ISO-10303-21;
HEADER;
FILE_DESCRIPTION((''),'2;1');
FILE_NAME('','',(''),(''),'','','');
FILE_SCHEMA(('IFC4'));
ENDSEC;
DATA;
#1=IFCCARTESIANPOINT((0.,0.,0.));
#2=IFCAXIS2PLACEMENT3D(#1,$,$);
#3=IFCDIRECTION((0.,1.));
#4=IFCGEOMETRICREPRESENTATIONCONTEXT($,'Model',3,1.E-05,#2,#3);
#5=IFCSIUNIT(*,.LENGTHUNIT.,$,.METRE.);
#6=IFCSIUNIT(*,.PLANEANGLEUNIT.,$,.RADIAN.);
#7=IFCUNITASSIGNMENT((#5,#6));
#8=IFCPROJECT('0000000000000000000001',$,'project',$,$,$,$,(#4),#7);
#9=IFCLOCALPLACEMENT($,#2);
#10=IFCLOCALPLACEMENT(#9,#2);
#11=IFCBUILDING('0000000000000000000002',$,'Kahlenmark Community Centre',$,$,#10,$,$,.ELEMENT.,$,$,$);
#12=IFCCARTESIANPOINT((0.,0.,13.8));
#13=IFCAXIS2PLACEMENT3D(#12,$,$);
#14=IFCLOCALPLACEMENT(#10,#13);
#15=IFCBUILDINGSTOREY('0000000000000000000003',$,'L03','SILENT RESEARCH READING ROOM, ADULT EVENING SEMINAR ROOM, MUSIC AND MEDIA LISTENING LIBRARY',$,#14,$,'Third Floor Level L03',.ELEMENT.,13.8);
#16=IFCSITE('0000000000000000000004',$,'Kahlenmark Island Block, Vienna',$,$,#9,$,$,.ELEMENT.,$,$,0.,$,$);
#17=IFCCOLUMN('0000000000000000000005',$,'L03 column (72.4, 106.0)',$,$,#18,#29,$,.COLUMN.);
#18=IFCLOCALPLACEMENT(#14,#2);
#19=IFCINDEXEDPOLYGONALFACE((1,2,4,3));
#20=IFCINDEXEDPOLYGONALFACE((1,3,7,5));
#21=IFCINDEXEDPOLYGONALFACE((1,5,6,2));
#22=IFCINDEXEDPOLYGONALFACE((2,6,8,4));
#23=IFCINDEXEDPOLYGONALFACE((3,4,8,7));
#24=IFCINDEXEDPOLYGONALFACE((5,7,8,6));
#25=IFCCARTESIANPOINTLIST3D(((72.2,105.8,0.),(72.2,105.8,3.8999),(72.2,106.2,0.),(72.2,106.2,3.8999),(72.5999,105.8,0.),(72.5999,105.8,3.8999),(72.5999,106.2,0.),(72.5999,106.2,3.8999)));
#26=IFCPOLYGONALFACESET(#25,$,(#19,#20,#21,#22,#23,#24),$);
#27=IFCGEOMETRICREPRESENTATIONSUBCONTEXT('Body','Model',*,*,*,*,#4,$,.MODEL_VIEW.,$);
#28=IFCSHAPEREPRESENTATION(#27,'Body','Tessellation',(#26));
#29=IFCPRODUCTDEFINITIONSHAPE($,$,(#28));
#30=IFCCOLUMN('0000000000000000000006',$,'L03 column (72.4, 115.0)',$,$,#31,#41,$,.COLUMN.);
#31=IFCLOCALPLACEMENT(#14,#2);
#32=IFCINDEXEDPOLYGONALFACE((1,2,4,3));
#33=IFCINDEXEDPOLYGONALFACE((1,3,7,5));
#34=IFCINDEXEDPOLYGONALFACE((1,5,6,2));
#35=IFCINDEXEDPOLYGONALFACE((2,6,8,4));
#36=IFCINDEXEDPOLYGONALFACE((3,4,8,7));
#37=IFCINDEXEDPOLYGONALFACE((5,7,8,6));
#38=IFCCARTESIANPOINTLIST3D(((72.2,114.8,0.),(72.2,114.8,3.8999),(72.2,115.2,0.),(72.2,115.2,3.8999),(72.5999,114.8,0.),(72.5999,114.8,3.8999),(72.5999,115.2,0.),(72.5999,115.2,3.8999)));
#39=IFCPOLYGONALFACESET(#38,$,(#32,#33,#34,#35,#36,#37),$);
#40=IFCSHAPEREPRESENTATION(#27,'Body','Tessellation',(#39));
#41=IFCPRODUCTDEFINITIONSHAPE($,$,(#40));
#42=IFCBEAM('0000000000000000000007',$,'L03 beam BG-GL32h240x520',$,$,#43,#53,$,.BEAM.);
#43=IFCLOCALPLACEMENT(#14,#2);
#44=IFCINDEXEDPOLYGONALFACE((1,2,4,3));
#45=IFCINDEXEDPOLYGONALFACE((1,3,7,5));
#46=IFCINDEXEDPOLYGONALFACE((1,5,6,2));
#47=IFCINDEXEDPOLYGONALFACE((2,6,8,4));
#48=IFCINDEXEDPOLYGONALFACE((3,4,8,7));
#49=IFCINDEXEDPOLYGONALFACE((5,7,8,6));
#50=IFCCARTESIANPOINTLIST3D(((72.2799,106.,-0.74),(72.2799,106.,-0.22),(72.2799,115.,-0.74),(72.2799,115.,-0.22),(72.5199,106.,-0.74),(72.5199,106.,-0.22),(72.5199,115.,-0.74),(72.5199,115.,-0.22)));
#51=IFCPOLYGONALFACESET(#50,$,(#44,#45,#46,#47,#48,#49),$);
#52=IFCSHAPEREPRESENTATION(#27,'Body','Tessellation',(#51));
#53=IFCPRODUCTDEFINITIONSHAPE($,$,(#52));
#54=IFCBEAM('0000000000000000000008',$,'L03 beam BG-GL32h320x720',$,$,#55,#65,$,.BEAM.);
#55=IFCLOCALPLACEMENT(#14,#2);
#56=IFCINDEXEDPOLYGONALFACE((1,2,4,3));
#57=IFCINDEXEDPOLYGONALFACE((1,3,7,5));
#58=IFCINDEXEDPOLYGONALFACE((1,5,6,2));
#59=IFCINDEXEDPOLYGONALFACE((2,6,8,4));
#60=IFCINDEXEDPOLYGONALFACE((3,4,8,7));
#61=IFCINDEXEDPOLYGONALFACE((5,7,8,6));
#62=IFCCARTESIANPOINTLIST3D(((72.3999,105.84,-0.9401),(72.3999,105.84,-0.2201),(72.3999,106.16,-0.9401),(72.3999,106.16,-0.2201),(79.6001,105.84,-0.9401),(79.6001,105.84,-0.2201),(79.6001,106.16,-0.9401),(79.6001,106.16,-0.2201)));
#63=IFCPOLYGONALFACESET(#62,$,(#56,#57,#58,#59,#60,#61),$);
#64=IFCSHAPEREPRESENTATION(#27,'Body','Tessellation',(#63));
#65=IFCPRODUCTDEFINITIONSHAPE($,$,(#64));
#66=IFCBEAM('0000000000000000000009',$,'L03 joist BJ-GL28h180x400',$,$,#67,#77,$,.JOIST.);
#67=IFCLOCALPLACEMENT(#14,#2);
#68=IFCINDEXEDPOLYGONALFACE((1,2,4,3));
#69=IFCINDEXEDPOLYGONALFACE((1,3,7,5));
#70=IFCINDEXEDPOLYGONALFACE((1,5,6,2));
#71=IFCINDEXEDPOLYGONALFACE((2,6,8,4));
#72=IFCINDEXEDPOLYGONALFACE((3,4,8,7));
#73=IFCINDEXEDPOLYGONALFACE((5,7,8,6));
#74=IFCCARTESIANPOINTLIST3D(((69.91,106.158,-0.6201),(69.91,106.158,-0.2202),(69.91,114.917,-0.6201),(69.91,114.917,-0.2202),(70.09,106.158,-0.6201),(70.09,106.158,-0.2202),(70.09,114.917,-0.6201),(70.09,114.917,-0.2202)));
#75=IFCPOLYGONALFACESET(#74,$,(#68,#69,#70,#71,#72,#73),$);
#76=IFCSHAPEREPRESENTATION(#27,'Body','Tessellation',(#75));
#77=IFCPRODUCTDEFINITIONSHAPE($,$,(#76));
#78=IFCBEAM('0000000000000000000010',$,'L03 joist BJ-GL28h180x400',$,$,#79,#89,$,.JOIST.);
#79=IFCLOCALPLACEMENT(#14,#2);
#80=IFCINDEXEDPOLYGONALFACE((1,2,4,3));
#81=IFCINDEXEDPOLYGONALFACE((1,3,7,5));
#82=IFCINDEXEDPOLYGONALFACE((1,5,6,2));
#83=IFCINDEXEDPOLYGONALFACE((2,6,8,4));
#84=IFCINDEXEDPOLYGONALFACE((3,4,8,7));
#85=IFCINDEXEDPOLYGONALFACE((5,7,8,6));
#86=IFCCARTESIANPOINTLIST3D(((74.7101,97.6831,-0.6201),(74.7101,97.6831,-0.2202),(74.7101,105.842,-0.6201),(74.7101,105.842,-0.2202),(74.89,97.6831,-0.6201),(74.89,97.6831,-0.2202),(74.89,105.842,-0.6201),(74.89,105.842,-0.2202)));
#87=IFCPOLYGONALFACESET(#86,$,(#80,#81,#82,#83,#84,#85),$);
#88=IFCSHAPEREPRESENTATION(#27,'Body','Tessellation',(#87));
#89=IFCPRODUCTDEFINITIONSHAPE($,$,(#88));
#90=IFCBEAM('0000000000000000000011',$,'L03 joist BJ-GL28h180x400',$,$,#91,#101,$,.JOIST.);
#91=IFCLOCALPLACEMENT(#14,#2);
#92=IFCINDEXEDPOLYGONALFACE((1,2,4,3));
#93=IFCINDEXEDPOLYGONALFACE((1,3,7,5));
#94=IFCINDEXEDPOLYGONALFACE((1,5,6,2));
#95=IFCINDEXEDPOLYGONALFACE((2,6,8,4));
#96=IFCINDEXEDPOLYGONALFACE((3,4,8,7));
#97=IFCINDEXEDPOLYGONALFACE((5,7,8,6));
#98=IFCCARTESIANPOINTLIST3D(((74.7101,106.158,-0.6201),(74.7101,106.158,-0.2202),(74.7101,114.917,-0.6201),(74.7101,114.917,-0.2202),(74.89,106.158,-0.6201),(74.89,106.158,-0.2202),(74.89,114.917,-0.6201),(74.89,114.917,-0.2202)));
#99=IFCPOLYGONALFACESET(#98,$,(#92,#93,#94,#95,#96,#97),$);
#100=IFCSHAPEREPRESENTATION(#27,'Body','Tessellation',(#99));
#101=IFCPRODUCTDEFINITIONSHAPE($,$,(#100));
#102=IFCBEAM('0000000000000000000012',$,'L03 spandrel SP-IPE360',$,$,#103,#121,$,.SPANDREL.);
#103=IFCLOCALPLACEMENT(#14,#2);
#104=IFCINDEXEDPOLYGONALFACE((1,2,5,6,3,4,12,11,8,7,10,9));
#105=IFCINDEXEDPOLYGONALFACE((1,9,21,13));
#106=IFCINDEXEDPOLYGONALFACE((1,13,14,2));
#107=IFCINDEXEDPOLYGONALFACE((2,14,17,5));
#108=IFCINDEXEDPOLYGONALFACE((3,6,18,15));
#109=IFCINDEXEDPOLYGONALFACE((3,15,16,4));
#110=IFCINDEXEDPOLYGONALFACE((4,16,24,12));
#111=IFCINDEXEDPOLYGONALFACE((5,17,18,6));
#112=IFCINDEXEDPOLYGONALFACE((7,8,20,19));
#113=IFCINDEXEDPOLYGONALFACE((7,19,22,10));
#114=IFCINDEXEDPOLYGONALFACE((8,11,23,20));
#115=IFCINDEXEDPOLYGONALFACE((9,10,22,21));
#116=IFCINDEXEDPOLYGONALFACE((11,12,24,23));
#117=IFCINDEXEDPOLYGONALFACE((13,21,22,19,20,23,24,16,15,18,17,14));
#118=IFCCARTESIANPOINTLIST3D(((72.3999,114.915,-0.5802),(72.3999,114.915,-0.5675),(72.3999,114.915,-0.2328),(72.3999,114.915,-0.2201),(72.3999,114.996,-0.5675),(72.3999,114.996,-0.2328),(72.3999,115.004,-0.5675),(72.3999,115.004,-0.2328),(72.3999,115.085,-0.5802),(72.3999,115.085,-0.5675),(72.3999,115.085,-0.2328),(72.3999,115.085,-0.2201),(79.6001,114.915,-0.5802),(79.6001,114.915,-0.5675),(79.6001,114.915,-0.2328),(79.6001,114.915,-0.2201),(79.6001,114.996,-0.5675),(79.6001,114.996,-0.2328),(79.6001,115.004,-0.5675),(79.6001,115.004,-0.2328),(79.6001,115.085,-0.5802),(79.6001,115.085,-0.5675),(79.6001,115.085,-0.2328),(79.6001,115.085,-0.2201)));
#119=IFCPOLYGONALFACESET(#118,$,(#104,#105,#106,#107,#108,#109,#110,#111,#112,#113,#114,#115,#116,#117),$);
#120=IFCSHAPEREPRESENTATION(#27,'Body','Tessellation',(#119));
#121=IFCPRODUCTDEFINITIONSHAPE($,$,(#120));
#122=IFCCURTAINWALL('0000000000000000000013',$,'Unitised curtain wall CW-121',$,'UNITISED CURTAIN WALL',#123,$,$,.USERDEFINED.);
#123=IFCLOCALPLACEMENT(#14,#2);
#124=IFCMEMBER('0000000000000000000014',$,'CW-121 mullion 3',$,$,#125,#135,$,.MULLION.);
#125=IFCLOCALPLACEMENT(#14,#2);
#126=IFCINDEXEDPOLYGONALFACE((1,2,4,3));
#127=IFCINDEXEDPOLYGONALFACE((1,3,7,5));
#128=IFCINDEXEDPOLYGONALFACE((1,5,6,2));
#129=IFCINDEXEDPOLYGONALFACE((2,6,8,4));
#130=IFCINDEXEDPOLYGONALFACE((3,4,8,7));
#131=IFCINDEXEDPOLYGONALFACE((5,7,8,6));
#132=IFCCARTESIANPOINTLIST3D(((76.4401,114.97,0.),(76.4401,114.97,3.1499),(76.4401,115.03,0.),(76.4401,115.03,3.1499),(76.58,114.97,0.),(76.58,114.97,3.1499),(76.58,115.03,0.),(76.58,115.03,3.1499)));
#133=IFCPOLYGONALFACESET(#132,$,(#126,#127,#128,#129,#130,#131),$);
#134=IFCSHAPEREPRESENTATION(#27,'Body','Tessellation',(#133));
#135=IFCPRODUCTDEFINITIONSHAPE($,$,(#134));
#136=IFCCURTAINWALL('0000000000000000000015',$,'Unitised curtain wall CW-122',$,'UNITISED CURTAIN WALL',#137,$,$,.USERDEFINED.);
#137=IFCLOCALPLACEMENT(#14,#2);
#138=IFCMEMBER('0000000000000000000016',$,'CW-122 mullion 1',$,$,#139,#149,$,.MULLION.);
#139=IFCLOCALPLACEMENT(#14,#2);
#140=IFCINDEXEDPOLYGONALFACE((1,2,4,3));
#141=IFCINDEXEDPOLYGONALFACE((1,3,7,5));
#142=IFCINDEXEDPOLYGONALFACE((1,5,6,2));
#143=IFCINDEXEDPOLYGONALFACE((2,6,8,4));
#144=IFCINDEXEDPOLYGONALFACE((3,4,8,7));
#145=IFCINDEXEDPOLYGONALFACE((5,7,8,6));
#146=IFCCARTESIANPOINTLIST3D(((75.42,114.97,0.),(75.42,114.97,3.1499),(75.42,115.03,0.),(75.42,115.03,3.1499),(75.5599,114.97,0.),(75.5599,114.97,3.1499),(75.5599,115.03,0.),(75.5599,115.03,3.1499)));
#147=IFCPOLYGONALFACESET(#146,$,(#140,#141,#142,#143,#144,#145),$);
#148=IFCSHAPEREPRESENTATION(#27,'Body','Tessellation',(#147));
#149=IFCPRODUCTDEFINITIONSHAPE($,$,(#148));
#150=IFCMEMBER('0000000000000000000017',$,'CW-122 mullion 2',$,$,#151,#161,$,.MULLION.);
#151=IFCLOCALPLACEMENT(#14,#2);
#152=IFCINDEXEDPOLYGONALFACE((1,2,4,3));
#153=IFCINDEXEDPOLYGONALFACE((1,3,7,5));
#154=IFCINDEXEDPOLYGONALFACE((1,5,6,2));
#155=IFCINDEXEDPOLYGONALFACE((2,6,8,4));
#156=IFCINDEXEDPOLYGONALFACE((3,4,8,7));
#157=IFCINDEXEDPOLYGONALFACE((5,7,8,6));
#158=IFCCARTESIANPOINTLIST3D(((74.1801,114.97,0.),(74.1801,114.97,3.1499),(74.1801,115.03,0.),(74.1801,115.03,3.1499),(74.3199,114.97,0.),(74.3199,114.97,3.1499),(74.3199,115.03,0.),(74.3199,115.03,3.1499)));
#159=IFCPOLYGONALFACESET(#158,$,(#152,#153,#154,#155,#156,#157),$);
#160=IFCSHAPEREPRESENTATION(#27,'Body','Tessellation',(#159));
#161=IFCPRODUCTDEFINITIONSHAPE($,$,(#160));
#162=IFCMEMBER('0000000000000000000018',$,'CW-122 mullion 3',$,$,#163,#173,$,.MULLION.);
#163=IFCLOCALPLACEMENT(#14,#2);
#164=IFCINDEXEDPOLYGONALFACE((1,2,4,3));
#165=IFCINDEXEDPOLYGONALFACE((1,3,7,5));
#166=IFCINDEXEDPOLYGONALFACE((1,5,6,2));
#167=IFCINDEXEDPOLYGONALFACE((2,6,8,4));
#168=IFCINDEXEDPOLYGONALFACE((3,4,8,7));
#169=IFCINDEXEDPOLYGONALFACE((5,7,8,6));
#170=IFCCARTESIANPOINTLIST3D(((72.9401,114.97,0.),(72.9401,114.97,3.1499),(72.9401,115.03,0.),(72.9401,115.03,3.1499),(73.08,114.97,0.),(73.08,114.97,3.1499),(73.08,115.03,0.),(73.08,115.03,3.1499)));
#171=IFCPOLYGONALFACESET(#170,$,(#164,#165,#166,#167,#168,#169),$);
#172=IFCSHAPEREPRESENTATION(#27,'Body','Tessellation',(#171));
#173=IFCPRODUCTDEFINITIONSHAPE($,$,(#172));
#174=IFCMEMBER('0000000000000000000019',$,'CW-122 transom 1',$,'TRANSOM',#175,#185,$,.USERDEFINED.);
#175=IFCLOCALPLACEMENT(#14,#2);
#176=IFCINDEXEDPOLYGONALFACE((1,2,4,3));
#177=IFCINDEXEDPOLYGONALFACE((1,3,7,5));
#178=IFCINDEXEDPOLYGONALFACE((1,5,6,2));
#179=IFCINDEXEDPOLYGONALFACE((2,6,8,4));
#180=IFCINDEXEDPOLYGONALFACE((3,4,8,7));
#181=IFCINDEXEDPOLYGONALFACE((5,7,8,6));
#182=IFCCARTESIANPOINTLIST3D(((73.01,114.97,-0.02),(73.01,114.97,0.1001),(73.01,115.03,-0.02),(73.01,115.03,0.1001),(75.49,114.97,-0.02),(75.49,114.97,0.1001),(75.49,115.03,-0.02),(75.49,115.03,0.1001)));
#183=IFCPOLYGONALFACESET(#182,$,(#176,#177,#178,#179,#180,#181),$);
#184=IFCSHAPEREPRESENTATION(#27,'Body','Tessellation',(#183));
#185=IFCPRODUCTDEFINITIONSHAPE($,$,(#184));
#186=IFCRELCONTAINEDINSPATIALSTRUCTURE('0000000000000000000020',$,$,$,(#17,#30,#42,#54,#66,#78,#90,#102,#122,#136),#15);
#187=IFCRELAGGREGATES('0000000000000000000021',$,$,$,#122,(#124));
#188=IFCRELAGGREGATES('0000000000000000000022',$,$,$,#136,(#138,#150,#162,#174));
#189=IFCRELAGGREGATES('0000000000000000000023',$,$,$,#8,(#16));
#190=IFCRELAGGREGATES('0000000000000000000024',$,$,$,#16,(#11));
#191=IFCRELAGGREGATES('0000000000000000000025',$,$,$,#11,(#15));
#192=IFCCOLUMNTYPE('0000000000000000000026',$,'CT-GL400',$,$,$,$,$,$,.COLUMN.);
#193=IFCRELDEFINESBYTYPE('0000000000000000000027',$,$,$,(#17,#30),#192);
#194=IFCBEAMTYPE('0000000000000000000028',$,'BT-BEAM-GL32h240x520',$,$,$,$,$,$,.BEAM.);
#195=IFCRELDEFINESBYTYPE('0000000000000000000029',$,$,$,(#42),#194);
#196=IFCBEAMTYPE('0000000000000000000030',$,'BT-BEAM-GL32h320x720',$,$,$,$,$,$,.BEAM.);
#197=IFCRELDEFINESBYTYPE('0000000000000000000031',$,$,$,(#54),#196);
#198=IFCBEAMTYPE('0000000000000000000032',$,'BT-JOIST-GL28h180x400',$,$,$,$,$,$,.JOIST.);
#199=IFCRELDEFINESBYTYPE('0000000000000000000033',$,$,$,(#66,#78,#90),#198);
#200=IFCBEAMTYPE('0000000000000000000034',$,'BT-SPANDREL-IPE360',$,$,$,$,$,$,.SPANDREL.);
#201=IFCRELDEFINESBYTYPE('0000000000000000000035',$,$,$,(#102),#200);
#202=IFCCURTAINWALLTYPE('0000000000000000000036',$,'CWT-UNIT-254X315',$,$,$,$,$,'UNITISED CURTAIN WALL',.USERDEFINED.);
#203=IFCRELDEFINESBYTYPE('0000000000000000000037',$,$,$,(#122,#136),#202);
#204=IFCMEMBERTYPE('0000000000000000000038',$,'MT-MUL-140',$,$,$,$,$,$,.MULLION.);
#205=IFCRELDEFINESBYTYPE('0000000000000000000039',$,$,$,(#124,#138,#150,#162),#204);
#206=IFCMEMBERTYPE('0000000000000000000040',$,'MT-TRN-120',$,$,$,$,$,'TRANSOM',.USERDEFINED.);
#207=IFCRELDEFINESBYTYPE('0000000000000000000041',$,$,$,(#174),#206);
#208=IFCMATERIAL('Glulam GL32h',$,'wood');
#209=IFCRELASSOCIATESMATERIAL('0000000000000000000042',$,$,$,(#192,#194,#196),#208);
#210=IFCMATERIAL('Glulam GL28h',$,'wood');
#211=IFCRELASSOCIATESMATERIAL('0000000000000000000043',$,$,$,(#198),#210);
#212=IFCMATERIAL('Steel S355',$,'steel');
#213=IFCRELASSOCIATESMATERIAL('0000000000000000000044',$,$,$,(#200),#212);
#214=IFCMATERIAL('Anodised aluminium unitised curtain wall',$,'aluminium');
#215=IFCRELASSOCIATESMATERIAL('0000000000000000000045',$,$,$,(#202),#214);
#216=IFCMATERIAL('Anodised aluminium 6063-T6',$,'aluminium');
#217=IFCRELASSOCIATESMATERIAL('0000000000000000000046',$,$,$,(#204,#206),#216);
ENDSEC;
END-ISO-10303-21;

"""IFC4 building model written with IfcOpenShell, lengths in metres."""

from ifc_helpers import new_model, si_unit, direction, frame, origin, origin_2d, place, context, subcontext, project, spatial, rectangle, i_section, extrude, material, material_profile, profile_set, type_object, element, aggregate, save


model = new_model("IFC4")

# Units and contexts
model_context = context("Model", 3, precision=1e-05, world=origin(), true_north=direction((0.0, 1.0)))
body_context = subcontext(model_context, "Body", "Model", "MODEL_VIEW")
ifc_project = project(units=[si_unit("LENGTHUNIT", "METRE"), si_unit("PLANEANGLEUNIT", "RADIAN")], contexts=[model_context])

# Site, building, storey
site_placement = place(None, origin())
site = spatial("IfcSite", under=ifc_project, at=site_placement, Name="Kahlenmark Island Block, Vienna", CompositionType="ELEMENT", RefElevation=0.0)
building_placement = place(site_placement, origin())
building = spatial("IfcBuilding", under=site, at=building_placement, Name="Kahlenmark Community Centre", CompositionType="ELEMENT")
storey_placement = place(building_placement, frame((0.0, 0.0, 13.8)))
storey = spatial("IfcBuildingStorey", under=building, at=storey_placement, Name="L03", Description="SILENT RESEARCH READING ROOM, ADULT EVENING SEMINAR ROOM, MUSIC AND MEDIA LISTENING LIBRARY", LongName="Third Floor Level L03", CompositionType="ELEMENT", Elevation=13.8)

# Columns
ifc_material_1 = material(Name="Glulam GL32h", Category="wood")
ifc_material_profile_1 = material_profile(ifc_material_1, rectangle(XDim=0.3999, YDim=0.3999, at=origin_2d()), Name="GL32h 400x400")
ifc_profile_set_1 = profile_set([ifc_material_profile_1], Name="Glulam GL32h")
column_type = type_object("IfcColumnType", Name="CT-GL400", PredefinedType="COLUMN", material=ifc_profile_set_1)
for number, where, z_axis, x_axis, name in (
    (1, (72.3999, 106.0, 0.0), (0.0, 0.0, 1.0), (1.0, 0.0, 0.0), "L03 column (72.4, 106.0)"),
    (2, (72.3999, 115.0, 0.0), (0.0, 0.0, 1.0), (1.0, 0.0, 0.0), "L03 column (72.4, 115.0)"),
):
    element("IfcColumn", number, at=place(storey_placement, frame(where, z_axis=z_axis, x_axis=x_axis)), inside=storey, type_object=column_type, Name=name, PredefinedType="COLUMN", context=body_context, shape_type="SweptSolid", body=[
        extrude(rectangle(XDim=0.3999, YDim=0.3999, at=origin_2d()), origin(), (0.0, 0.0, 1.0), 3.8999),
    ])

# Beams
ifc_material_profile_2 = material_profile(ifc_material_1, rectangle(XDim=0.24, YDim=0.52, at=origin_2d()), Name="GL32h 240x520")
ifc_profile_set_2 = profile_set([ifc_material_profile_2], Name="Glulam GL32h")
beam_type_1 = type_object("IfcBeamType", Name="BT-BEAM-GL32h240x520", PredefinedType="BEAM", material=ifc_profile_set_2)
beam_1_placement = place(storey_placement, frame((72.3999, 106.0, -0.48), z_axis=(0.0, 1.0, 0.0), x_axis=(-1.0, 0.0, 0.0)))
element("IfcBeam", 3, at=beam_1_placement, inside=storey, type_object=beam_type_1, Name="L03 beam BG-GL32h240x520", PredefinedType="BEAM", context=body_context, shape_type="SweptSolid", body=[
    extrude(rectangle(XDim=0.24, YDim=0.52, at=origin_2d()), origin(), (0.0, 0.0, 1.0), 9.0),
])
ifc_material_profile_3 = material_profile(ifc_material_1, rectangle(XDim=0.3201, YDim=0.72, at=origin_2d()), Name="GL32h 320x720")
ifc_profile_set_3 = profile_set([ifc_material_profile_3], Name="Glulam GL32h")
beam_type_2 = type_object("IfcBeamType", Name="BT-BEAM-GL32h320x720", PredefinedType="BEAM", material=ifc_profile_set_3)
beam_2_placement = place(storey_placement, frame((72.3999, 106.0, -0.5801), z_axis=(1.0, 0.0, 0.0), x_axis=(0.0, 1.0, 0.0)))
element("IfcBeam", 4, at=beam_2_placement, inside=storey, type_object=beam_type_2, Name="L03 beam BG-GL32h320x720", PredefinedType="BEAM", context=body_context, shape_type="SweptSolid", body=[
    extrude(rectangle(XDim=0.3201, YDim=0.72, at=origin_2d()), origin(), (0.0, 0.0, 1.0), 7.2002),
])
ifc_material_2 = material(Name="Glulam GL28h", Category="wood")
ifc_material_profile_4 = material_profile(ifc_material_2, rectangle(XDim=0.1799, YDim=0.3999, at=origin_2d()), Name="GL28h 180x400")
ifc_profile_set_4 = profile_set([ifc_material_profile_4], Name="Glulam GL28h")
beam_type_3 = type_object("IfcBeamType", Name="BT-JOIST-GL28h180x400", PredefinedType="JOIST", material=ifc_profile_set_4)
beam_3_placement = place(storey_placement, frame((70.0, 106.158, -0.4202), z_axis=(0.0, 1.0, 0.0), x_axis=(-1.0, 0.0, 0.0)))
element("IfcBeam", 5, at=beam_3_placement, inside=storey, type_object=beam_type_3, Name="L03 joist BJ-GL28h180x400", PredefinedType="JOIST", context=body_context, shape_type="SweptSolid", body=[
    extrude(rectangle(XDim=0.1799, YDim=0.3999, at=origin_2d()), origin(), (0.0, 0.0, 1.0), 8.759),
])
beam_4_placement = place(storey_placement, frame((74.8, 97.6831, -0.4202), z_axis=(0.0, 1.0, 0.0), x_axis=(-1.0, 0.0, 0.0)))
element("IfcBeam", 6, at=beam_4_placement, inside=storey, type_object=beam_type_3, Name="L03 joist BJ-GL28h180x400", PredefinedType="JOIST", context=body_context, shape_type="SweptSolid", body=[
    extrude(rectangle(XDim=0.1799, YDim=0.3999, at=origin_2d()), origin(), (0.0, 0.0, 1.0), 8.1589),
])
beam_5_placement = place(storey_placement, frame((74.8, 106.158, -0.4202), z_axis=(0.0, 1.0, 0.0), x_axis=(-1.0, 0.0, 0.0)))
element("IfcBeam", 7, at=beam_5_placement, inside=storey, type_object=beam_type_3, Name="L03 joist BJ-GL28h180x400", PredefinedType="JOIST", context=body_context, shape_type="SweptSolid", body=[
    extrude(rectangle(XDim=0.1799, YDim=0.3999, at=origin_2d()), origin(), (0.0, 0.0, 1.0), 8.759),
])
ifc_material_3 = material(Name="Steel S355", Category="steel")
ifc_material_profile_5 = material_profile(ifc_material_3, i_section(OverallWidth=0.1699, OverallDepth=0.3601, WebThickness=0.0081, FlangeThickness=0.0127, at=origin_2d()), Name="IPE 360")
ifc_profile_set_5 = profile_set([ifc_material_profile_5], Name="Steel S355")
beam_type_4 = type_object("IfcBeamType", Name="BT-SPANDREL-IPE360", PredefinedType="SPANDREL", material=ifc_profile_set_5)
beam_6_placement = place(storey_placement, frame((72.3999, 115.0, -0.4001), z_axis=(1.0, 0.0, 0.0), x_axis=(0.0, 1.0, 0.0)))
element("IfcBeam", 8, at=beam_6_placement, inside=storey, type_object=beam_type_4, Name="L03 spandrel SP-IPE360", PredefinedType="SPANDREL", context=body_context, shape_type="SweptSolid", body=[
    extrude(i_section(OverallWidth=0.1699, OverallDepth=0.3601, WebThickness=0.0081, FlangeThickness=0.0127, at=origin_2d()), origin(), (0.0, 0.0, 1.0), 7.2002),
])

# Curtain wall, member
ifc_material_4 = material(Name="Anodised aluminium unitised curtain wall", Category="aluminium")
curtain_wall_type = type_object("IfcCurtainWallType", Name="CWT-UNIT-254X315", ElementType="UNITISED CURTAIN WALL", PredefinedType="USERDEFINED", material=ifc_material_4)
curtain_wall_1_placement = place(storey_placement, origin())
curtain_wall_1 = element("IfcCurtainWall", 9, at=curtain_wall_1_placement, inside=storey, type_object=curtain_wall_type, Name="Unitised curtain wall CW-121", ObjectType="UNITISED CURTAIN WALL", PredefinedType="USERDEFINED")
ifc_material_5 = material(Name="Anodised aluminium 6063-T6", Category="aluminium")
ifc_material_profile_6 = material_profile(ifc_material_5, rectangle(XDim=0.0601, YDim=0.1399, at=origin_2d()), Name="ALU MULLION 60x140")
ifc_profile_set_6 = profile_set([ifc_material_profile_6], Name="Anodised aluminium 6063-T6")
member_type_1 = type_object("IfcMemberType", Name="MT-MUL-140", PredefinedType="MULLION", material=ifc_profile_set_6)
member_1_placement = place(storey_placement, frame((76.51, 115.0, 0.0), z_axis=(0.0, 0.0, 1.0), x_axis=(0.0, -1.0, 0.0)))
member_1 = element("IfcMember", 10, at=member_1_placement, type_object=member_type_1, Name="CW-121 mullion 3", PredefinedType="MULLION", context=body_context, shape_type="SweptSolid", body=[
    extrude(rectangle(XDim=0.0601, YDim=0.1399, at=origin_2d()), origin(), (0.0, 0.0, 1.0), 3.1499),
])

# Curtain wall, members
curtain_wall_2_placement = place(storey_placement, origin())
curtain_wall_2 = element("IfcCurtainWall", 11, at=curtain_wall_2_placement, inside=storey, type_object=curtain_wall_type, Name="Unitised curtain wall CW-122", ObjectType="UNITISED CURTAIN WALL", PredefinedType="USERDEFINED")
member_2_placement = place(storey_placement, frame((75.49, 115.0, 0.0), z_axis=(0.0, 0.0, 1.0), x_axis=(0.0, -1.0, 0.0)))
member_2 = element("IfcMember", 12, at=member_2_placement, type_object=member_type_1, Name="CW-122 mullion 1", PredefinedType="MULLION", context=body_context, shape_type="SweptSolid", body=[
    extrude(rectangle(XDim=0.0601, YDim=0.1399, at=origin_2d()), origin(), (0.0, 0.0, 1.0), 3.1499),
])
member_3_placement = place(storey_placement, frame((74.25, 115.0, 0.0), z_axis=(0.0, 0.0, 1.0), x_axis=(0.0, -1.0, 0.0)))
member_3 = element("IfcMember", 13, at=member_3_placement, type_object=member_type_1, Name="CW-122 mullion 2", PredefinedType="MULLION", context=body_context, shape_type="SweptSolid", body=[
    extrude(rectangle(XDim=0.0601, YDim=0.1399, at=origin_2d()), origin(), (0.0, 0.0, 1.0), 3.1499),
])
member_4_placement = place(storey_placement, frame((73.01, 115.0, 0.0), z_axis=(0.0, 0.0, 1.0), x_axis=(0.0, -1.0, 0.0)))
member_4 = element("IfcMember", 14, at=member_4_placement, type_object=member_type_1, Name="CW-122 mullion 3", PredefinedType="MULLION", context=body_context, shape_type="SweptSolid", body=[
    extrude(rectangle(XDim=0.0601, YDim=0.1399, at=origin_2d()), origin(), (0.0, 0.0, 1.0), 3.1499),
])
ifc_material_profile_7 = material_profile(ifc_material_5, rectangle(XDim=0.0601, YDim=0.1201, at=origin_2d()), Name="ALU TRANSOM 60x120")
ifc_profile_set_7 = profile_set([ifc_material_profile_7], Name="Anodised aluminium 6063-T6")
member_type_2 = type_object("IfcMemberType", Name="MT-TRN-120", ElementType="TRANSOM", PredefinedType="USERDEFINED", material=ifc_profile_set_7)
member_5_placement = place(storey_placement, frame((75.49, 115.0, 0.04), z_axis=(-1.0, 0.0, 0.0), x_axis=(0.0, -1.0, 0.0)))
member_5 = element("IfcMember", 15, at=member_5_placement, type_object=member_type_2, Name="CW-122 transom 1", ObjectType="TRANSOM", PredefinedType="USERDEFINED", context=body_context, shape_type="SweptSolid", body=[
    extrude(rectangle(XDim=0.0601, YDim=0.1201, at=origin_2d()), origin(), (0.0, 0.0, 1.0), 2.48),
])

aggregate(curtain_wall_1, [member_1])
aggregate(curtain_wall_2, [member_2, member_3, member_4, member_5])

save(model, "model.ifc")
